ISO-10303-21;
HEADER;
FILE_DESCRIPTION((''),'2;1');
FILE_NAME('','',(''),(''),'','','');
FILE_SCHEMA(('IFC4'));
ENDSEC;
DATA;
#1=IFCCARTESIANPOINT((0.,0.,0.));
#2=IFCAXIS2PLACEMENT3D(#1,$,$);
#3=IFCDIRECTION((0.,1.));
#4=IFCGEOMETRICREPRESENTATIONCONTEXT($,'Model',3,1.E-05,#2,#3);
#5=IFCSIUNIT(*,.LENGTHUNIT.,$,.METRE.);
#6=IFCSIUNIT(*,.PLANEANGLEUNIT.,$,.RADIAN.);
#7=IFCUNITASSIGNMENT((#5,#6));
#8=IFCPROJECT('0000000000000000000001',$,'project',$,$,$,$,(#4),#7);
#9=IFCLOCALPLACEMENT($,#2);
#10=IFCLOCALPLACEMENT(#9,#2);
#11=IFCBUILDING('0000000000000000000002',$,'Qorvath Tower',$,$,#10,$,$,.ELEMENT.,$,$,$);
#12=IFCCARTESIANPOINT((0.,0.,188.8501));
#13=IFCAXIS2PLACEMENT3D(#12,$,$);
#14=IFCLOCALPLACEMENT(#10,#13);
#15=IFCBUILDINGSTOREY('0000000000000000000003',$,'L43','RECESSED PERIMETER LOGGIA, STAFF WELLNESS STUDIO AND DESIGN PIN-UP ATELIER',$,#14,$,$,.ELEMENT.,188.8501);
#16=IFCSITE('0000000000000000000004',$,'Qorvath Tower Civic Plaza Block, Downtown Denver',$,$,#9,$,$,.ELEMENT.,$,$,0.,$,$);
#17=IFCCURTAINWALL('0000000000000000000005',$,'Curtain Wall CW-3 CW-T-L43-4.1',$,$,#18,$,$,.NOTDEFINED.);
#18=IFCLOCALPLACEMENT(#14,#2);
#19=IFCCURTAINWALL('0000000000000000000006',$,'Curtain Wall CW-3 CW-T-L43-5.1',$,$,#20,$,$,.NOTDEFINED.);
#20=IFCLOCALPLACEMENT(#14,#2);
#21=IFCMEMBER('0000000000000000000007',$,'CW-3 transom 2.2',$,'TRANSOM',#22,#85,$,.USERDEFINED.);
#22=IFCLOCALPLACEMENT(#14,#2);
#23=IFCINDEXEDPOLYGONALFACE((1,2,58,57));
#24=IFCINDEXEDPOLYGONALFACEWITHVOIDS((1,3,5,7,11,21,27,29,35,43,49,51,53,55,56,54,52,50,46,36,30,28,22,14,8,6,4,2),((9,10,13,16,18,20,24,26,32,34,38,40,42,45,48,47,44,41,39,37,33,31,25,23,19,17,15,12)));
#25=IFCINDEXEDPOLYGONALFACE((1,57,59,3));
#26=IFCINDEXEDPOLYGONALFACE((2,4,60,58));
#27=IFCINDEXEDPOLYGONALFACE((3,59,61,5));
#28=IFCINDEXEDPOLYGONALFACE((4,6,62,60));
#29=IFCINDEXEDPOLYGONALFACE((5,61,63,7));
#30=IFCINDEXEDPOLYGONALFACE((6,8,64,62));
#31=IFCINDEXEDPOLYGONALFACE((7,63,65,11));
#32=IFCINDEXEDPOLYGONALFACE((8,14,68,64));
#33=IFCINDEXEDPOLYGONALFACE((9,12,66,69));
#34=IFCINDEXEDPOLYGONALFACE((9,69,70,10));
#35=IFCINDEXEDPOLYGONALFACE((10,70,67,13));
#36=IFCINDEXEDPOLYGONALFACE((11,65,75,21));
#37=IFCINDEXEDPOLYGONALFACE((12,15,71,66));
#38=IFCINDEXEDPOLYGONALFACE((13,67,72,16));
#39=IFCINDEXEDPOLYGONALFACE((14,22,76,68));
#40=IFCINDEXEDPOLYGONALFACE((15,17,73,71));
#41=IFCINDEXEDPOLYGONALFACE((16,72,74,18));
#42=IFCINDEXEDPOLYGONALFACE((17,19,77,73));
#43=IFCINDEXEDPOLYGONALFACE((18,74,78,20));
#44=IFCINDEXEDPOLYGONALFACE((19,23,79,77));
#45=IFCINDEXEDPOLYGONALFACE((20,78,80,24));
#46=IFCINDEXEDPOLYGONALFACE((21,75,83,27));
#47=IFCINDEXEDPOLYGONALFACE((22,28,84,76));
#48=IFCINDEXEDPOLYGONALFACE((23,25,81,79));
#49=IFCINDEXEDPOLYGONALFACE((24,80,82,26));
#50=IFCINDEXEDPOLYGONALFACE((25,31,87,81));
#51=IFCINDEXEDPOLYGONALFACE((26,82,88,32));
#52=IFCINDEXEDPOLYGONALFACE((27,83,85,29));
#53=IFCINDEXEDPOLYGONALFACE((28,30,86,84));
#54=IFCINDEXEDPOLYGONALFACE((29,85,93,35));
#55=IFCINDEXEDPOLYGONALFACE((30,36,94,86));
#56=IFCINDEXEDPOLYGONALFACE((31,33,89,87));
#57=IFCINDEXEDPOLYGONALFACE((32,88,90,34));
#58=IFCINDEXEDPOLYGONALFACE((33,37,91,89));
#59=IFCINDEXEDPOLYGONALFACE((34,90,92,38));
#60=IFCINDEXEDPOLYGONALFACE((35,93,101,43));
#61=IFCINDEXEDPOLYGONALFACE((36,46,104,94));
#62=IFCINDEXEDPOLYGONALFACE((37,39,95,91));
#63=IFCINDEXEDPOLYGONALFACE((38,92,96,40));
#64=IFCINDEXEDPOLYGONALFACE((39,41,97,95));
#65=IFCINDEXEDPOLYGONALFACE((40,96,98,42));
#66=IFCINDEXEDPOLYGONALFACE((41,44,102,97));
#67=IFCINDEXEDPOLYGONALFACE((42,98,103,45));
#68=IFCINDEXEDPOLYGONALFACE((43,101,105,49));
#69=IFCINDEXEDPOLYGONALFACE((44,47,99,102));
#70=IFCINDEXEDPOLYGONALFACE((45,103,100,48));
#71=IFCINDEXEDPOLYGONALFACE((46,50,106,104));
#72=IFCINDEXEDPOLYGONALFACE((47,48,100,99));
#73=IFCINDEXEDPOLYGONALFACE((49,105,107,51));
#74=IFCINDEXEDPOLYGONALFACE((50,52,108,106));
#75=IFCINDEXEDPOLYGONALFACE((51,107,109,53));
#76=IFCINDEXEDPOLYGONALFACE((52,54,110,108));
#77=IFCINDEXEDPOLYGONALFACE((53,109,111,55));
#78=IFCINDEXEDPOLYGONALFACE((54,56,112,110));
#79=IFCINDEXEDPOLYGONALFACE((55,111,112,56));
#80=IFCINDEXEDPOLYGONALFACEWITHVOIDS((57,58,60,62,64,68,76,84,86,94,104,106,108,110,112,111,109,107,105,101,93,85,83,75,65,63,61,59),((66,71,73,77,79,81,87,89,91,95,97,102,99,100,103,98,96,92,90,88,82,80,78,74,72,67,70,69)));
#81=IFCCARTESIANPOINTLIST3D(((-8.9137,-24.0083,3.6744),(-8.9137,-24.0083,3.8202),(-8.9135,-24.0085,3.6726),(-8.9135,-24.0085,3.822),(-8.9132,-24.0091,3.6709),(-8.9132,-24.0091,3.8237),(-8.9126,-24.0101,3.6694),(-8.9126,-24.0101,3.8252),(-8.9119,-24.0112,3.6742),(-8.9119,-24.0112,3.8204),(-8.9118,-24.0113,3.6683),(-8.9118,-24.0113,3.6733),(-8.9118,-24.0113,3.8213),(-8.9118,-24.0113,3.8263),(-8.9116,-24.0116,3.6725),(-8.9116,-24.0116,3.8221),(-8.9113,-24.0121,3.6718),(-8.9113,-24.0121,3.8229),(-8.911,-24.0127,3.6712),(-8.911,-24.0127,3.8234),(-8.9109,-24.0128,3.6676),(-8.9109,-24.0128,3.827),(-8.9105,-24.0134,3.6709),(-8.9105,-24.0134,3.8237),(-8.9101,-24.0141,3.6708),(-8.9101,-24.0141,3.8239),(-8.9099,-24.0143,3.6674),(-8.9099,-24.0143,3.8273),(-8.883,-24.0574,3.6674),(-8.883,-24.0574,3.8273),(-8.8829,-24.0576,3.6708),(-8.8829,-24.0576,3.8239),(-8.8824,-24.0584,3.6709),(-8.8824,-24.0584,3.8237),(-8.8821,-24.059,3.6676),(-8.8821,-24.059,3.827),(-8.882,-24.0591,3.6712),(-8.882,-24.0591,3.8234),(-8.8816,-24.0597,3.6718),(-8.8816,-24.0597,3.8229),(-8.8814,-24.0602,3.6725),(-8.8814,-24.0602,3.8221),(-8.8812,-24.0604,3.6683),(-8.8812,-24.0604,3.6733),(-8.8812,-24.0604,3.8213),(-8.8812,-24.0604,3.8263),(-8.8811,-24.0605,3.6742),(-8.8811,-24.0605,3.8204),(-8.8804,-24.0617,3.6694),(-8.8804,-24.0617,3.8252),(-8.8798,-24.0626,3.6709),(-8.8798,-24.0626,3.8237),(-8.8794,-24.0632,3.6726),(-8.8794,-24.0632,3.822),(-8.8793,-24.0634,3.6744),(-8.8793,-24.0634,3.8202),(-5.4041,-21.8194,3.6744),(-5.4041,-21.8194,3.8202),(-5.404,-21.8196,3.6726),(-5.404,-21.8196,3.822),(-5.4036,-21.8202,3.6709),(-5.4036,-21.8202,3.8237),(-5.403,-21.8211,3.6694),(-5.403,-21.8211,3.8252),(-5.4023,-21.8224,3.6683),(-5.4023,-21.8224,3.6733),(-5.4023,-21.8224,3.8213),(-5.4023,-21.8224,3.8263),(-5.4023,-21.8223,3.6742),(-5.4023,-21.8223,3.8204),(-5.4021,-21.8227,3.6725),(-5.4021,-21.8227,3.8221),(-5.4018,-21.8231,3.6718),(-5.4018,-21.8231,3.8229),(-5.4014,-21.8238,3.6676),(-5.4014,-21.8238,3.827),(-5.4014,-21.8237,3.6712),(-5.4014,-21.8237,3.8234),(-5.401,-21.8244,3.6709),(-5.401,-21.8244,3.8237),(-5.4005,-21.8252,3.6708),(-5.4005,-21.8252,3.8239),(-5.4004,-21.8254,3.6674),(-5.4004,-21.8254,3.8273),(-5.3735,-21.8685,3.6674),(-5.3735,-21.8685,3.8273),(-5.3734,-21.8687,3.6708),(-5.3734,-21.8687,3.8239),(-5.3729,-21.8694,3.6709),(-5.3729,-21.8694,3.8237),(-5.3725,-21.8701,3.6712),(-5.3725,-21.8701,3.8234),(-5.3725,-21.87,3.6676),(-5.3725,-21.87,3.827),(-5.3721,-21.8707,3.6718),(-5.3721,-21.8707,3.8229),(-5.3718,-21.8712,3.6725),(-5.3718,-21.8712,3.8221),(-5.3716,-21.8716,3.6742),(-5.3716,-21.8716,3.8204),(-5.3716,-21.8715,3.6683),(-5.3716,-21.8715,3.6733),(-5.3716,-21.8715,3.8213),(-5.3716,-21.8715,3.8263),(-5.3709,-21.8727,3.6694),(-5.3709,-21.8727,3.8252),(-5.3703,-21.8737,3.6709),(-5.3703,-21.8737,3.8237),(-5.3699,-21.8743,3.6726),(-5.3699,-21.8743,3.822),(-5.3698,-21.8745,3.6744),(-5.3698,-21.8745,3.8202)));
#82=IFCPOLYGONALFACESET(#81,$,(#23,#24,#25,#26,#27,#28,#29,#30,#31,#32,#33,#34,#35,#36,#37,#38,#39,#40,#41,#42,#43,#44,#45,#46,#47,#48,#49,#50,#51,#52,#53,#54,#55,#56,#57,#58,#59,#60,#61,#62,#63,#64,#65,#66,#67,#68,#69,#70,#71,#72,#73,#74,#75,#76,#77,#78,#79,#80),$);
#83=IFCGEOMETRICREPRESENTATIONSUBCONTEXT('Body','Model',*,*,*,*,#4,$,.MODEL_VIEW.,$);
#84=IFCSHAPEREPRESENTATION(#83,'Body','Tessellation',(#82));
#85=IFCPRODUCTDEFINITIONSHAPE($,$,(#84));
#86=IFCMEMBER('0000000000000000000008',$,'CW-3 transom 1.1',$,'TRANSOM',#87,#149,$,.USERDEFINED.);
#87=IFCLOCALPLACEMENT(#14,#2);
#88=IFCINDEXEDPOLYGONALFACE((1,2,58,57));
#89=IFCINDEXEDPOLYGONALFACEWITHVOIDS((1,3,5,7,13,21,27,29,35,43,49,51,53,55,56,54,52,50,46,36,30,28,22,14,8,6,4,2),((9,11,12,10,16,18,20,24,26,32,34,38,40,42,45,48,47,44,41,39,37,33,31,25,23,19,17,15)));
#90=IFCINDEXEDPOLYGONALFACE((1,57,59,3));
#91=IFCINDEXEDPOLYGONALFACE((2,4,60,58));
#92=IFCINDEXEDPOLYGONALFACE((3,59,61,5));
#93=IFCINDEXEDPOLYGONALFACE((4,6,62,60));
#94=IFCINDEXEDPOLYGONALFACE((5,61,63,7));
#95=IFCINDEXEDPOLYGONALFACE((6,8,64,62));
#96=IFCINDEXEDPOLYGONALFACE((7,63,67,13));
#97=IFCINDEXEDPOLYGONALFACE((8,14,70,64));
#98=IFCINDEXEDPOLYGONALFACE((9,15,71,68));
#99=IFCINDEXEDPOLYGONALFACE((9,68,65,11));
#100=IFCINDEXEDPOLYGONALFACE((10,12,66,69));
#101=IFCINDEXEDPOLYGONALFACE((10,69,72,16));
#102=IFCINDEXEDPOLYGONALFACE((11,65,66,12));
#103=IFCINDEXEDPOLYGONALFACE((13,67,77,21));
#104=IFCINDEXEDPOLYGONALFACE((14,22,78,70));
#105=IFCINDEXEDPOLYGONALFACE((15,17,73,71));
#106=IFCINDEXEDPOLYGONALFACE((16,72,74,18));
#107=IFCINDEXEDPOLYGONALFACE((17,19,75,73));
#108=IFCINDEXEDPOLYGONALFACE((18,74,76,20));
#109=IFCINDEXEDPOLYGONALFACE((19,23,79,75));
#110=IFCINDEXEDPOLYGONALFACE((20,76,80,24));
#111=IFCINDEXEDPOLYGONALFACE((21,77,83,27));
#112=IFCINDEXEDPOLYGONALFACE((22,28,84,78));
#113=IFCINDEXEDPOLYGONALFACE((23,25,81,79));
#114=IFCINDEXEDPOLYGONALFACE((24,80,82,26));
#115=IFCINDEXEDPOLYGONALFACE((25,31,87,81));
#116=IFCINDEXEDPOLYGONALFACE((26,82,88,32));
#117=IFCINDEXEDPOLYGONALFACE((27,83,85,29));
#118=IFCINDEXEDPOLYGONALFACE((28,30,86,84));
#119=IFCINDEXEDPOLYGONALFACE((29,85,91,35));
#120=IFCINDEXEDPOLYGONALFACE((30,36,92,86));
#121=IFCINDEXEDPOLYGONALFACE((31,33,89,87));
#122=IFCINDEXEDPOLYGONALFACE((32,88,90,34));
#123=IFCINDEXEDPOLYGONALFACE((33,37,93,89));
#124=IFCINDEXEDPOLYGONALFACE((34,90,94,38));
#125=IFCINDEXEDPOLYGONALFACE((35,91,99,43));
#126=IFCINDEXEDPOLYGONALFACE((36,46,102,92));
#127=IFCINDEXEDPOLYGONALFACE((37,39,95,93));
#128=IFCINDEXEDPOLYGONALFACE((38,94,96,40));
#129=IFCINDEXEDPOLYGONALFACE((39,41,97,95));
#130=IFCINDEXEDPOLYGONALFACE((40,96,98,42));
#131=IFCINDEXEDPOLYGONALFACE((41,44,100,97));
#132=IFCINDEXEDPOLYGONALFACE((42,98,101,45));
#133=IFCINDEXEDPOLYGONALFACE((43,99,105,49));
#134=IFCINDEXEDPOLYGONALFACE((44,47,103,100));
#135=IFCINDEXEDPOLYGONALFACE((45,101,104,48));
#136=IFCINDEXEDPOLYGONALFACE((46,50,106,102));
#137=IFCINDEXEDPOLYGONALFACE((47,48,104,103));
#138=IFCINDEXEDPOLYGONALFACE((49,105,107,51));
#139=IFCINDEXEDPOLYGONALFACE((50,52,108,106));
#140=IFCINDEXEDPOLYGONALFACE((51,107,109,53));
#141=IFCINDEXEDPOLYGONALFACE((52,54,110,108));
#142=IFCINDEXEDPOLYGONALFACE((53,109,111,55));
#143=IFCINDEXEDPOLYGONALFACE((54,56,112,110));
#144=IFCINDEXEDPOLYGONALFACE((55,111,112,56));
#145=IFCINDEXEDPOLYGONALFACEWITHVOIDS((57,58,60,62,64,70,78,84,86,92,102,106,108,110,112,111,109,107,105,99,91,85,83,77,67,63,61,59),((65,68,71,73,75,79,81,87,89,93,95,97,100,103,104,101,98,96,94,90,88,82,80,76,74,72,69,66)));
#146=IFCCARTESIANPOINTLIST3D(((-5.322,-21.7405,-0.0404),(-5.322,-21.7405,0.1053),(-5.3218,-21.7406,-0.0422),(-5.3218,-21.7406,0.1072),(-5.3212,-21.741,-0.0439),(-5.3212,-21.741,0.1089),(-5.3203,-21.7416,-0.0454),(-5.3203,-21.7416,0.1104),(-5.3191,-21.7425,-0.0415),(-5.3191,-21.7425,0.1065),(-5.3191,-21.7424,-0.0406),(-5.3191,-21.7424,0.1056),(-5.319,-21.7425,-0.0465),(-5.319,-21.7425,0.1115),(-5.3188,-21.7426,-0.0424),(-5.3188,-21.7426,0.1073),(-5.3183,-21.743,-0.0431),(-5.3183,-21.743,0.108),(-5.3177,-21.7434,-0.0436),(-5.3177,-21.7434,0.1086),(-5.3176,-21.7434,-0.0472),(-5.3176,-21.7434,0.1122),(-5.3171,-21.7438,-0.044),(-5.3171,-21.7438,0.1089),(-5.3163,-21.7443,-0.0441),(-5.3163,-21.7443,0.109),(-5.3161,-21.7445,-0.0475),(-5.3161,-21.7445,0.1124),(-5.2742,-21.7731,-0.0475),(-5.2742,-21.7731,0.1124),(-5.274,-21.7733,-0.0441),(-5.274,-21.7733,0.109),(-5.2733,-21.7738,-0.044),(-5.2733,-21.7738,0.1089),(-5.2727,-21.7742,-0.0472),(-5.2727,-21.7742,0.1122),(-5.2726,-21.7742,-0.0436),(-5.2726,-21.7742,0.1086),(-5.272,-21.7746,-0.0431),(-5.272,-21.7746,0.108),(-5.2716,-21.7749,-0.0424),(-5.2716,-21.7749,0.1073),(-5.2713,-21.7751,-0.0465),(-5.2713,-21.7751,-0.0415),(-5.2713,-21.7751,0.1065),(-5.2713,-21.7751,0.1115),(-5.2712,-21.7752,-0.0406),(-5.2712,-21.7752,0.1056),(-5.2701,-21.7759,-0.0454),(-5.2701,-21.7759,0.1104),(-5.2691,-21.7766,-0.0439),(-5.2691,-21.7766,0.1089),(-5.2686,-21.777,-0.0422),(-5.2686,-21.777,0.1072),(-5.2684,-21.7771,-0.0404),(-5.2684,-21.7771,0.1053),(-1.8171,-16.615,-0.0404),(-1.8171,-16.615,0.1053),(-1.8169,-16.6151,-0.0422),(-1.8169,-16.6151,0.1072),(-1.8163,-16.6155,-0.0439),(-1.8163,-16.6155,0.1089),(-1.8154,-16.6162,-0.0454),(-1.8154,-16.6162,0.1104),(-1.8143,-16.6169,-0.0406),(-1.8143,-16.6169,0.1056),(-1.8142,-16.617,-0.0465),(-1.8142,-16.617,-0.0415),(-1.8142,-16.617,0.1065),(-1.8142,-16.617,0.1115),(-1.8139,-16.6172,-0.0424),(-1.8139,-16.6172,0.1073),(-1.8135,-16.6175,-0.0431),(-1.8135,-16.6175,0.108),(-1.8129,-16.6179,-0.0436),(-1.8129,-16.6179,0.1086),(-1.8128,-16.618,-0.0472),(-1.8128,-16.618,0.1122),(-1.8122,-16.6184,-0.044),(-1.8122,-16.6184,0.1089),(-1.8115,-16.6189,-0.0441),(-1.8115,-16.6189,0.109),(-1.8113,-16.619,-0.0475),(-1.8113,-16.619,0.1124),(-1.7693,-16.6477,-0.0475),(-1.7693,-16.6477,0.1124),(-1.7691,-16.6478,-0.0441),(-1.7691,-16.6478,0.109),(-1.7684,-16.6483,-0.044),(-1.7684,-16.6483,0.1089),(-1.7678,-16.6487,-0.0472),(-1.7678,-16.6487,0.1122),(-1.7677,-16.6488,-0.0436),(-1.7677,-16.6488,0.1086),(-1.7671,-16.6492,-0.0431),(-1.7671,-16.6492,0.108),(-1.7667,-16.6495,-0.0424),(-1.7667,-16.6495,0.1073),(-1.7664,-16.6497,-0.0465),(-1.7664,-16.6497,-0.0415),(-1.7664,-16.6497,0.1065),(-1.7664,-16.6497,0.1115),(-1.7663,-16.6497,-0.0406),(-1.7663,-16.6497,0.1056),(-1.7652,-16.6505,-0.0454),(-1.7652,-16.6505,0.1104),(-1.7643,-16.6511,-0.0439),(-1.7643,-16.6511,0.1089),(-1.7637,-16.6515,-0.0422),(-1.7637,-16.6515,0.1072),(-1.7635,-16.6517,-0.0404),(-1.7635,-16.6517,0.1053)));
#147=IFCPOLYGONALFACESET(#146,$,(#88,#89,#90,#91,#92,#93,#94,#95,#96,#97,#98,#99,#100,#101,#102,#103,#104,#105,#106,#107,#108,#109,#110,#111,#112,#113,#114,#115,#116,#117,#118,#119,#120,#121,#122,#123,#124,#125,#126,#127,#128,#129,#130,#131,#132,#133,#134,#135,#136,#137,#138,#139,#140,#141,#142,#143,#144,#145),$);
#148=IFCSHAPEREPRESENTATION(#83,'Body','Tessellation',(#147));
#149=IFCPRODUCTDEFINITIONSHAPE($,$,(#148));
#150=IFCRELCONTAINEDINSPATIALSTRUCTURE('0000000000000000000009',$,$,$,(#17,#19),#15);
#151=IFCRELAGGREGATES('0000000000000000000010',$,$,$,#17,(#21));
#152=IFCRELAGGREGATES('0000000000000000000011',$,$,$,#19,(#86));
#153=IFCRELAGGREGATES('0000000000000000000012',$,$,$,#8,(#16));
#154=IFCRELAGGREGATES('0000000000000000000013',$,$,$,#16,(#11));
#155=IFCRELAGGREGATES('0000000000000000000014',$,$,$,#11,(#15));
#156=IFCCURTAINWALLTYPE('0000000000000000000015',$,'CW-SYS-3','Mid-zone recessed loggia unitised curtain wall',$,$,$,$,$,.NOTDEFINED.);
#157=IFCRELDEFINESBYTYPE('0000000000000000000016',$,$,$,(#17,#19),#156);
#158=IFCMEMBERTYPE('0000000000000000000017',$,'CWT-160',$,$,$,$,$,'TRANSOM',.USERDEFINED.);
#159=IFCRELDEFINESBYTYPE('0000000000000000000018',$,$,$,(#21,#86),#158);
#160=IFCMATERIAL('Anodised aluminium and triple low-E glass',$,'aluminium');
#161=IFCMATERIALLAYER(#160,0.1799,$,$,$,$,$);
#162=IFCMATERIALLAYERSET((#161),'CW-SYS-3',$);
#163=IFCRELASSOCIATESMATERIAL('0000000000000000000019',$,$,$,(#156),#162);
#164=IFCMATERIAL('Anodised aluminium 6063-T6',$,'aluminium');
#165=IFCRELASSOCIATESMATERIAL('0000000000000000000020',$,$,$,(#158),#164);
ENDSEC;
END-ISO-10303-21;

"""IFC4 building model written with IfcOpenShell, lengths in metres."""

from ifc_helpers import new_model, si_unit, direction, frame, origin, origin_2d, place, context, subcontext, project, spatial, hollow_rectangle, extrude, material, layer, layer_set, material_profile, profile_set, type_object, element, aggregate, save


model = new_model("IFC4")

# Units and contexts
model_context = context("Model", 3, precision=1e-05, world=origin(), true_north=direction((0.0, 1.0)))
body_context = subcontext(model_context, "Body", "Model", "MODEL_VIEW")
ifc_project = project(units=[si_unit("LENGTHUNIT", "METRE"), si_unit("PLANEANGLEUNIT", "RADIAN")], contexts=[model_context])

# Site, building, storey
site_placement = place(None, origin())
site = spatial("IfcSite", under=ifc_project, at=site_placement, Name="Qorvath Tower Civic Plaza Block, Downtown Denver", CompositionType="ELEMENT", RefElevation=0.0)
building_placement = place(site_placement, origin())
building = spatial("IfcBuilding", under=site, at=building_placement, Name="Qorvath Tower", CompositionType="ELEMENT")
storey_placement = place(building_placement, frame((0.0, 0.0, 188.8501)))
storey = spatial("IfcBuildingStorey", under=building, at=storey_placement, Name="L43", Description="RECESSED PERIMETER LOGGIA, STAFF WELLNESS STUDIO AND DESIGN PIN-UP ATELIER", CompositionType="ELEMENT", Elevation=188.8501)

# Shared definitions
ifc_material_1 = material(Name="Anodised aluminium and triple low-E glass", Category="aluminium")
ifc_layer_1 = layer(ifc_material_1, 0.1799)
ifc_layer_set_1 = layer_set([ifc_layer_1], Name="CW-SYS-3")
curtain_wall_type = type_object("IfcCurtainWallType", Name="CW-SYS-3", Description="Mid-zone recessed loggia unitised curtain wall", PredefinedType="NOTDEFINED", material=ifc_layer_set_1)

# Curtain walls
curtain_wall_1_placement = place(storey_placement, origin())
curtain_wall_1 = element("IfcCurtainWall", 1, at=curtain_wall_1_placement, inside=storey, type_object=curtain_wall_type, Name="Curtain Wall CW-3 CW-T-L43-4.1", PredefinedType="NOTDEFINED")
curtain_wall_2_placement = place(storey_placement, origin())
curtain_wall_2 = element("IfcCurtainWall", 2, at=curtain_wall_2_placement, inside=storey, type_object=curtain_wall_type, Name="Curtain Wall CW-3 CW-T-L43-5.1", PredefinedType="NOTDEFINED")

# Members
ifc_material_2 = material(Name="Anodised aluminium 6063-T6", Category="aluminium")
ifc_material_profile_1 = material_profile(ifc_material_2, hollow_rectangle(XDim=0.0649, YDim=0.1599, WallThickness=0.0034, InnerFilletRadius=0.0034, OuterFilletRadius=0.0071, at=origin_2d()), Name="CWT 160x65")
ifc_profile_set_1 = profile_set([ifc_material_profile_1], Name="Anodised aluminium 6063-T6")
member_type_1 = type_object("IfcMemberType", Name="CWT-160", ElementType="TRANSOM", PredefinedType="USERDEFINED", material=ifc_profile_set_1)
member_1_placement = place(storey_placement, frame((-8.8965, -24.0359, 3.7473), z_axis=(0.848485, 0.529219, 0.0), x_axis=(-0.529219, 0.848485, 0.0)))
member_1 = element("IfcMember", 3, at=member_1_placement, type_object=member_type_1, Name="CW-3 transom 2.2", ObjectType="TRANSOM", PredefinedType="USERDEFINED", context=body_context, shape_type="SweptSolid", body=[
    extrude(hollow_rectangle(XDim=0.0649, YDim=0.1599, WallThickness=0.0034, InnerFilletRadius=0.0034, OuterFilletRadius=0.0071, at=origin_2d()), origin(), (0.0, 0.0, 1.0), 4.1362),
])
member_2_placement = place(storey_placement, frame((-5.2952, -21.7588, 0.0325), z_axis=(0.564461, 0.82546, 0.0), x_axis=(-0.82546, 0.564461, 0.0)))
member_2 = element("IfcMember", 4, at=member_2_placement, type_object=member_type_1, Name="CW-3 transom 1.1", ObjectType="TRANSOM", PredefinedType="USERDEFINED", context=body_context, shape_type="SweptSolid", body=[
    extrude(hollow_rectangle(XDim=0.0649, YDim=0.1599, WallThickness=0.0034, InnerFilletRadius=0.0034, OuterFilletRadius=0.0071, at=origin_2d()), origin(), (0.0, 0.0, 1.0), 6.2092),
])

aggregate(curtain_wall_1, [member_1])
aggregate(curtain_wall_2, [member_2])

save(model, "model.ifc")
